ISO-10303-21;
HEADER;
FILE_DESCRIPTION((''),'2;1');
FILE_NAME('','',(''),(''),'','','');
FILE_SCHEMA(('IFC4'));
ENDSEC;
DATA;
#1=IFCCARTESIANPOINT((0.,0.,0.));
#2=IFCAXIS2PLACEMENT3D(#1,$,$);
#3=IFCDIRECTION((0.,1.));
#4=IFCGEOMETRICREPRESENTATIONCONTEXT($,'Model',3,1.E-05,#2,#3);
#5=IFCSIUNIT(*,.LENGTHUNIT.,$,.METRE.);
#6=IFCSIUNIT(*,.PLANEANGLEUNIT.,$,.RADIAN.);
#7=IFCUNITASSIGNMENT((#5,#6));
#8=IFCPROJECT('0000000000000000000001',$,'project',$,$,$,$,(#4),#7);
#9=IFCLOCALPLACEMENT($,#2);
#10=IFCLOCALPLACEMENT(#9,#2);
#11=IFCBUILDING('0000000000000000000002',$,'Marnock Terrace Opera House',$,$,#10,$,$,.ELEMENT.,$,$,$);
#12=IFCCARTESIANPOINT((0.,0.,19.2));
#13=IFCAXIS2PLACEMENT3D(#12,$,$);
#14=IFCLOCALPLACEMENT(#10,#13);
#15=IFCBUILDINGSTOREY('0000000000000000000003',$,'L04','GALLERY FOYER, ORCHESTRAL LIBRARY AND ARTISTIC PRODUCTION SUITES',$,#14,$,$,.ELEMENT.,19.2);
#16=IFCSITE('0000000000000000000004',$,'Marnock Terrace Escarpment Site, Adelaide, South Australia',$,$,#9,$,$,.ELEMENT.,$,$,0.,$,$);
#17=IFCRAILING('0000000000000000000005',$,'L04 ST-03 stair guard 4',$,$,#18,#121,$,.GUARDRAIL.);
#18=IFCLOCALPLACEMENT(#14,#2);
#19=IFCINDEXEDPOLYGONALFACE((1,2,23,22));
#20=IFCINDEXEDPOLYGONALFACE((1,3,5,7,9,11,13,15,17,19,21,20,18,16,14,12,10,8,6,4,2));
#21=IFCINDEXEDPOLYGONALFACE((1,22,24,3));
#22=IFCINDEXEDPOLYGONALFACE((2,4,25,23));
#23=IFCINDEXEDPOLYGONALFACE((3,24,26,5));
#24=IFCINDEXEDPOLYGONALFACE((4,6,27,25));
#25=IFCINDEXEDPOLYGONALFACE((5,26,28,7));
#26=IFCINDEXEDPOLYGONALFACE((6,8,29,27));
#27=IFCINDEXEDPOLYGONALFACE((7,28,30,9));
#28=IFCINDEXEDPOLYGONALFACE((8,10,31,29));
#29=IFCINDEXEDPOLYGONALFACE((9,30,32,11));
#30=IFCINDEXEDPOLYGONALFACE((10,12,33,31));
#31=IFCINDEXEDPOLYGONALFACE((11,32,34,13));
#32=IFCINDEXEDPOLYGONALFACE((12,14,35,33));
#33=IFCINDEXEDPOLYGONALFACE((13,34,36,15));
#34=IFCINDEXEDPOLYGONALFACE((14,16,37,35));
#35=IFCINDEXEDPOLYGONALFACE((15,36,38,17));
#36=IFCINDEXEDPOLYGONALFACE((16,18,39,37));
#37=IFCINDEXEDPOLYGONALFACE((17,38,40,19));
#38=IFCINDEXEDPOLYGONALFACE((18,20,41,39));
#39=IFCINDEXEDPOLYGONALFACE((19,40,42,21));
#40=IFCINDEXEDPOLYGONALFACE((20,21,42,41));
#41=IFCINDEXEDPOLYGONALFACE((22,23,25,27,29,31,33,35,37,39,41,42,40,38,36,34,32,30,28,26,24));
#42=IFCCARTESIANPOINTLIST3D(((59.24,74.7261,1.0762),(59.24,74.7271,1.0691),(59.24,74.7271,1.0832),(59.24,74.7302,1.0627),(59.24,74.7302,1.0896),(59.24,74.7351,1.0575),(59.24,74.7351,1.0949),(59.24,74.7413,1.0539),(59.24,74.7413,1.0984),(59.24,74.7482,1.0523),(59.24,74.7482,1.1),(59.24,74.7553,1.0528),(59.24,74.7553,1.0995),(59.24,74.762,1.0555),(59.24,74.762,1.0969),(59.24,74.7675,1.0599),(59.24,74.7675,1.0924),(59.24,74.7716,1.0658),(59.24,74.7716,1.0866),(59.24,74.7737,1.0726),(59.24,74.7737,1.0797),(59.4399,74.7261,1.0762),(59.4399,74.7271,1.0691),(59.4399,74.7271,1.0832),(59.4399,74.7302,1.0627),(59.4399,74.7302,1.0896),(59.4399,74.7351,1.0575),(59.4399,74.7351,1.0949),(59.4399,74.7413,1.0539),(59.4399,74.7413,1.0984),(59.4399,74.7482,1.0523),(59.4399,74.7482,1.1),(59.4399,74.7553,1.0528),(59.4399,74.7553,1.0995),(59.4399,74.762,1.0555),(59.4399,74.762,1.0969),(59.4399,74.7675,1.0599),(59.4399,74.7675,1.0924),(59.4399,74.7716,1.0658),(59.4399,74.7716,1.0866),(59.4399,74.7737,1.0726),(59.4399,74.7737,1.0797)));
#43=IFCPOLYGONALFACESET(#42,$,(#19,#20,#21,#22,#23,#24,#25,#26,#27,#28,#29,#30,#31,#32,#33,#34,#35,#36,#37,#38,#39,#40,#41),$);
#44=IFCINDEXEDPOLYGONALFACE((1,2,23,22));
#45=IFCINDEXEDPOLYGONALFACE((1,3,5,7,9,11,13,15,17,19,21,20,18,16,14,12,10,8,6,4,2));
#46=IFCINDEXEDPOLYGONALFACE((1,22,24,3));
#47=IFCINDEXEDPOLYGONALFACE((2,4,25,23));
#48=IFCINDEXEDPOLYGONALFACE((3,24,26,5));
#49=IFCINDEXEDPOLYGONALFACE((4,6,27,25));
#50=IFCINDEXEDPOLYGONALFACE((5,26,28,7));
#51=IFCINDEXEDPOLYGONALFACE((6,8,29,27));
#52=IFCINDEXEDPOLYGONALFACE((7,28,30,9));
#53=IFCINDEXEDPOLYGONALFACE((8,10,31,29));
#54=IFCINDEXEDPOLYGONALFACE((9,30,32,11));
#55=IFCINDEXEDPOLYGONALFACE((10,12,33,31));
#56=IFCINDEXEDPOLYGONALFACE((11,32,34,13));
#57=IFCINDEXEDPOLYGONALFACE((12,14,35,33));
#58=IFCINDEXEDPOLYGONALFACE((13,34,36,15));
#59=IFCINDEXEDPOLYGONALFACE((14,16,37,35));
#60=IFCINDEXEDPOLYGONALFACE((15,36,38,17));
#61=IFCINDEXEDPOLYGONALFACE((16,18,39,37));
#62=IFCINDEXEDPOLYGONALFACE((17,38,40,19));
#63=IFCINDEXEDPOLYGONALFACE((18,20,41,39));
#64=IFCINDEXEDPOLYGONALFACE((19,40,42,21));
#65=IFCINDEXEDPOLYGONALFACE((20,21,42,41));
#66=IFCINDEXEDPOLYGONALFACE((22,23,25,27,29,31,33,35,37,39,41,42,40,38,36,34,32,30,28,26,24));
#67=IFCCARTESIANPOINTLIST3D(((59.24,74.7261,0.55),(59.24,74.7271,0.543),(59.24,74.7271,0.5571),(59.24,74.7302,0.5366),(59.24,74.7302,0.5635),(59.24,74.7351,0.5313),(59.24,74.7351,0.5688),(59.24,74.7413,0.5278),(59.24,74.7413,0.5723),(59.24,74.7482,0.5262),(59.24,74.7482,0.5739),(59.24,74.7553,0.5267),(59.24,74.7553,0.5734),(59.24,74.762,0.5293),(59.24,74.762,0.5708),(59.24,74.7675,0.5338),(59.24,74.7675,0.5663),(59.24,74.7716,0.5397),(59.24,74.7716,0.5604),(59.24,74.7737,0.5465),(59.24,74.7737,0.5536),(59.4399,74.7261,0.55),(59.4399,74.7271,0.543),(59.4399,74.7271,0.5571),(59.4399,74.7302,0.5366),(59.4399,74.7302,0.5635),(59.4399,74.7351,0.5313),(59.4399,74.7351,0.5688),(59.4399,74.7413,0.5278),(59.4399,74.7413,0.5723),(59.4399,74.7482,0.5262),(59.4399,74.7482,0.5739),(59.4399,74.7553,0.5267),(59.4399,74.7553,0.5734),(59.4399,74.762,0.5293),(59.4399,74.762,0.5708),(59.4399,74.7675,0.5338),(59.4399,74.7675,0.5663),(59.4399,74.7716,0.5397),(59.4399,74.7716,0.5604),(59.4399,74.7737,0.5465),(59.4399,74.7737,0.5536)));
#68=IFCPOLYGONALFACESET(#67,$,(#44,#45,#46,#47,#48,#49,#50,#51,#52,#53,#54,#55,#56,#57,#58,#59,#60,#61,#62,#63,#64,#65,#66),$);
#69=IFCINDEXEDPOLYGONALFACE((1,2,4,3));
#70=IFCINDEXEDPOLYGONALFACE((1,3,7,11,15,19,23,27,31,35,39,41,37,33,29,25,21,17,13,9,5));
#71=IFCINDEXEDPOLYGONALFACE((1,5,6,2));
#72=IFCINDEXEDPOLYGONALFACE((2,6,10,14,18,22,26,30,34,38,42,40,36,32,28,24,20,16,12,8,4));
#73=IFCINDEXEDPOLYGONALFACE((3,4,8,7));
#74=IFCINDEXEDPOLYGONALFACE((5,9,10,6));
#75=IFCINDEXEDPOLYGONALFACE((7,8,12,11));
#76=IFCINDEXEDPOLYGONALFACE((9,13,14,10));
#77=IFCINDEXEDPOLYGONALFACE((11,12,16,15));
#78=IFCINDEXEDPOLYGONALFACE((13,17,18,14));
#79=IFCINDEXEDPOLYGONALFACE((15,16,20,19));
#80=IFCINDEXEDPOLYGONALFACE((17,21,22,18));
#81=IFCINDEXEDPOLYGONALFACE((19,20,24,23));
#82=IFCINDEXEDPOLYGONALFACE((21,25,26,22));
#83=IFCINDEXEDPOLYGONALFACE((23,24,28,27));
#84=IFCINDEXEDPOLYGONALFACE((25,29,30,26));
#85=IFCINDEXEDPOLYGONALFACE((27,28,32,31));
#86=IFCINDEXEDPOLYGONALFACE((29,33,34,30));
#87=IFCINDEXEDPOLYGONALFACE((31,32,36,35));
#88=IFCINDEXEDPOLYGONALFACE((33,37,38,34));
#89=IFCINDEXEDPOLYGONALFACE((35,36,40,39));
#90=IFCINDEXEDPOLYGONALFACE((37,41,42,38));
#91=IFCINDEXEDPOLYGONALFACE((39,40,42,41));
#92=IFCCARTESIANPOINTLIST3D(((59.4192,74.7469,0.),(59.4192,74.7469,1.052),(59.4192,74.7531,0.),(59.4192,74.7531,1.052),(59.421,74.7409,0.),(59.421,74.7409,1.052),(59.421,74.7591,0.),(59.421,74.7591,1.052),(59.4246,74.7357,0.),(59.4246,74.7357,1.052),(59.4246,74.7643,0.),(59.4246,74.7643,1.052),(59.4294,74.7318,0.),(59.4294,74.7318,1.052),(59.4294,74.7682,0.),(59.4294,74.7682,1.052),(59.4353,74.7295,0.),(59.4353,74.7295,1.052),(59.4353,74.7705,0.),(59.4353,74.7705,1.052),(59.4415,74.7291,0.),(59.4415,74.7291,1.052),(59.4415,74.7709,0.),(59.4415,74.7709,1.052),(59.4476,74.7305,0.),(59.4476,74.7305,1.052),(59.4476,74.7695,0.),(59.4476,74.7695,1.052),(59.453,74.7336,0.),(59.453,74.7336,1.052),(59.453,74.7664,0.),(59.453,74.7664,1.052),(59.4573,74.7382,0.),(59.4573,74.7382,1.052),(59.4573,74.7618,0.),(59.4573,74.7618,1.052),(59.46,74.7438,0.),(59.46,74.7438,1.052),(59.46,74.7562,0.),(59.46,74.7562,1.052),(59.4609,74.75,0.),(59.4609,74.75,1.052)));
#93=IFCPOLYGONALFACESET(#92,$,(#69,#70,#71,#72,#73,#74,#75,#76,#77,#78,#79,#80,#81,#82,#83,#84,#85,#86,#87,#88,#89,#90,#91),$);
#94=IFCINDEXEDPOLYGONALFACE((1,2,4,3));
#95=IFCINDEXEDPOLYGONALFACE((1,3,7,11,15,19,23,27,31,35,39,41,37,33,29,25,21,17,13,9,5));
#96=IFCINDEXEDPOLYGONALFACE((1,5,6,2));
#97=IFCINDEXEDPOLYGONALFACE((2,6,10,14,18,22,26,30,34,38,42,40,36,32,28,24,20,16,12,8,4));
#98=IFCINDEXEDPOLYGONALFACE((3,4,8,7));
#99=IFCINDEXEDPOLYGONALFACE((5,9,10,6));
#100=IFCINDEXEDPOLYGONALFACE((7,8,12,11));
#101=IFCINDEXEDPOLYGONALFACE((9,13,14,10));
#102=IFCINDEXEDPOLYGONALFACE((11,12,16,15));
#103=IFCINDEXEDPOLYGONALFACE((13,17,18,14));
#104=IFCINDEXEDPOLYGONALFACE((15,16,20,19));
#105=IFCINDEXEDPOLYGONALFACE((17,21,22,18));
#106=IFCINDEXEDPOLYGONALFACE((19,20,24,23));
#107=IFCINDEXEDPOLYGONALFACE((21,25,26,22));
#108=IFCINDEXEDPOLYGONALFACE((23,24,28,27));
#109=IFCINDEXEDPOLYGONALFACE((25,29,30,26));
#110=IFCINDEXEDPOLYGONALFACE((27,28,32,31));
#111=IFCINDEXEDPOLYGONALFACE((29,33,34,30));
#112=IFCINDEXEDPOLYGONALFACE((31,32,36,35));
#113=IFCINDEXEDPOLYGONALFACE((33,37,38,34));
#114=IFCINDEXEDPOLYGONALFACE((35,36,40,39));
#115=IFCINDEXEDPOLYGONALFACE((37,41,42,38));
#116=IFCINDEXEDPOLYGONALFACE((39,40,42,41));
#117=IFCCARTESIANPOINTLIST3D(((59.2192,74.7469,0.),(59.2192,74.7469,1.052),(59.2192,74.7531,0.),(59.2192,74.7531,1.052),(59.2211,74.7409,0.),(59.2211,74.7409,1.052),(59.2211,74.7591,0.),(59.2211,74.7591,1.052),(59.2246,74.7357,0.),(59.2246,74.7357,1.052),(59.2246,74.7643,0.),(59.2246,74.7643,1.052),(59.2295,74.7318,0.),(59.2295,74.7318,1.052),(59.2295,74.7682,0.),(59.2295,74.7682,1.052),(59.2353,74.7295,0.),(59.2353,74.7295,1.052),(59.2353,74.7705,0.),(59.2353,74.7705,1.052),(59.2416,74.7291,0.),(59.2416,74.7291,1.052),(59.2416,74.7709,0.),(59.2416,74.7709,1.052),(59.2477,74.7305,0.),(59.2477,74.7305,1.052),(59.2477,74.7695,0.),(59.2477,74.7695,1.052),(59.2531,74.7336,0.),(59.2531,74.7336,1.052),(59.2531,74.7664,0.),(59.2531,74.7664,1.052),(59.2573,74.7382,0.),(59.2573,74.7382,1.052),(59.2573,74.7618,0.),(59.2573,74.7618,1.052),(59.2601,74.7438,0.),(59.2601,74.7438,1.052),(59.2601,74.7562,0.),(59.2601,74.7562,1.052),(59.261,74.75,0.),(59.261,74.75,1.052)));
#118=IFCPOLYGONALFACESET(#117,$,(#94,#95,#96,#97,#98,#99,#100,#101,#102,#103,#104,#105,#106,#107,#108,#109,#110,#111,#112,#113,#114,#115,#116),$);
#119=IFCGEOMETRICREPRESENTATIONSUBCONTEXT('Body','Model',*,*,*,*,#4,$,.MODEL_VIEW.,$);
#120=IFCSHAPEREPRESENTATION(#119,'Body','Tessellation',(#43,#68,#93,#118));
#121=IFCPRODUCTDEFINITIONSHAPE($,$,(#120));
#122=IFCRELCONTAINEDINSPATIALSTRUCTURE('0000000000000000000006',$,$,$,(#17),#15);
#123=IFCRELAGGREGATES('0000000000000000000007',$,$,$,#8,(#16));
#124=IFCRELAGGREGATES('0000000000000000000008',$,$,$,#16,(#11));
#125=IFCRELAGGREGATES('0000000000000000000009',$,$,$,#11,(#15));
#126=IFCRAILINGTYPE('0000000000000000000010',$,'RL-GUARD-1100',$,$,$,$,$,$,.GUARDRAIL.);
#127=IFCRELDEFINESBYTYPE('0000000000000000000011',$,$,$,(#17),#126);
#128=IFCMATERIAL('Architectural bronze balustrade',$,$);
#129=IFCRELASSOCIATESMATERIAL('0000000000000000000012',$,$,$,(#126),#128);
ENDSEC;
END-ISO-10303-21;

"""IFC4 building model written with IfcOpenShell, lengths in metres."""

from ifc_helpers import new_model, si_unit, direction, frame, origin, origin_2d, place, context, subcontext, project, spatial, circle, extrude, material, type_object, element, save


model = new_model("IFC4")

# Units and contexts
model_context = context("Model", 3, precision=1e-05, world=origin(), true_north=direction((0.0, 1.0)))
body_context = subcontext(model_context, "Body", "Model", "MODEL_VIEW")
ifc_project = project(units=[si_unit("LENGTHUNIT", "METRE"), si_unit("PLANEANGLEUNIT", "RADIAN")], contexts=[model_context])

# Site, building, storey
site_placement = place(None, origin())
site = spatial("IfcSite", under=ifc_project, at=site_placement, Name="Marnock Terrace Escarpment Site, Adelaide, South Australia", CompositionType="ELEMENT", RefElevation=0.0)
building_placement = place(site_placement, origin())
building = spatial("IfcBuilding", under=site, at=building_placement, Name="Marnock Terrace Opera House", CompositionType="ELEMENT")
storey_placement = place(building_placement, frame((0.0, 0.0, 19.2)))
storey = spatial("IfcBuildingStorey", under=building, at=storey_placement, Name="L04", Description="GALLERY FOYER, ORCHESTRAL LIBRARY AND ARTISTIC PRODUCTION SUITES", CompositionType="ELEMENT", Elevation=19.2)

# Railing
ifc_material_1 = material(Name="Architectural bronze balustrade")
railing_type_1 = type_object("IfcRailingType", Name="RL-GUARD-1100", PredefinedType="GUARDRAIL", material=ifc_material_1)
railing_1_placement = place(storey_placement, frame((59.4399, 74.75, 0.0)))
element("IfcRailing", 1, at=railing_1_placement, inside=storey, type_object=railing_type_1, Name="L04 ST-03 stair guard 4", PredefinedType="GUARDRAIL", context=body_context, shape_type="SweptSolid", body=[
    extrude(circle(Radius=0.0239, at=origin_2d()), frame((0.0, 0.0, 1.0762), z_axis=(-1.0, 0.0, 0.0), x_axis=(0.0, -1.0, 0.0)), (0.0, 0.0, 1.0), 0.2),
    extrude(circle(Radius=0.0239, at=origin_2d()), frame((0.0, 0.0, 0.55), z_axis=(-1.0, 0.0, 0.0), x_axis=(0.0, -1.0, 0.0)), (0.0, 0.0, 1.0), 0.2),
    extrude(circle(Radius=0.021, at=origin_2d()), origin(), (0.0, 0.0, 1.0), 1.052),
    extrude(circle(Radius=0.021, at=origin_2d()), frame((-0.2, 0.0, 0.0)), (0.0, 0.0, 1.0), 1.052),
])

save(model, "model.ifc")
